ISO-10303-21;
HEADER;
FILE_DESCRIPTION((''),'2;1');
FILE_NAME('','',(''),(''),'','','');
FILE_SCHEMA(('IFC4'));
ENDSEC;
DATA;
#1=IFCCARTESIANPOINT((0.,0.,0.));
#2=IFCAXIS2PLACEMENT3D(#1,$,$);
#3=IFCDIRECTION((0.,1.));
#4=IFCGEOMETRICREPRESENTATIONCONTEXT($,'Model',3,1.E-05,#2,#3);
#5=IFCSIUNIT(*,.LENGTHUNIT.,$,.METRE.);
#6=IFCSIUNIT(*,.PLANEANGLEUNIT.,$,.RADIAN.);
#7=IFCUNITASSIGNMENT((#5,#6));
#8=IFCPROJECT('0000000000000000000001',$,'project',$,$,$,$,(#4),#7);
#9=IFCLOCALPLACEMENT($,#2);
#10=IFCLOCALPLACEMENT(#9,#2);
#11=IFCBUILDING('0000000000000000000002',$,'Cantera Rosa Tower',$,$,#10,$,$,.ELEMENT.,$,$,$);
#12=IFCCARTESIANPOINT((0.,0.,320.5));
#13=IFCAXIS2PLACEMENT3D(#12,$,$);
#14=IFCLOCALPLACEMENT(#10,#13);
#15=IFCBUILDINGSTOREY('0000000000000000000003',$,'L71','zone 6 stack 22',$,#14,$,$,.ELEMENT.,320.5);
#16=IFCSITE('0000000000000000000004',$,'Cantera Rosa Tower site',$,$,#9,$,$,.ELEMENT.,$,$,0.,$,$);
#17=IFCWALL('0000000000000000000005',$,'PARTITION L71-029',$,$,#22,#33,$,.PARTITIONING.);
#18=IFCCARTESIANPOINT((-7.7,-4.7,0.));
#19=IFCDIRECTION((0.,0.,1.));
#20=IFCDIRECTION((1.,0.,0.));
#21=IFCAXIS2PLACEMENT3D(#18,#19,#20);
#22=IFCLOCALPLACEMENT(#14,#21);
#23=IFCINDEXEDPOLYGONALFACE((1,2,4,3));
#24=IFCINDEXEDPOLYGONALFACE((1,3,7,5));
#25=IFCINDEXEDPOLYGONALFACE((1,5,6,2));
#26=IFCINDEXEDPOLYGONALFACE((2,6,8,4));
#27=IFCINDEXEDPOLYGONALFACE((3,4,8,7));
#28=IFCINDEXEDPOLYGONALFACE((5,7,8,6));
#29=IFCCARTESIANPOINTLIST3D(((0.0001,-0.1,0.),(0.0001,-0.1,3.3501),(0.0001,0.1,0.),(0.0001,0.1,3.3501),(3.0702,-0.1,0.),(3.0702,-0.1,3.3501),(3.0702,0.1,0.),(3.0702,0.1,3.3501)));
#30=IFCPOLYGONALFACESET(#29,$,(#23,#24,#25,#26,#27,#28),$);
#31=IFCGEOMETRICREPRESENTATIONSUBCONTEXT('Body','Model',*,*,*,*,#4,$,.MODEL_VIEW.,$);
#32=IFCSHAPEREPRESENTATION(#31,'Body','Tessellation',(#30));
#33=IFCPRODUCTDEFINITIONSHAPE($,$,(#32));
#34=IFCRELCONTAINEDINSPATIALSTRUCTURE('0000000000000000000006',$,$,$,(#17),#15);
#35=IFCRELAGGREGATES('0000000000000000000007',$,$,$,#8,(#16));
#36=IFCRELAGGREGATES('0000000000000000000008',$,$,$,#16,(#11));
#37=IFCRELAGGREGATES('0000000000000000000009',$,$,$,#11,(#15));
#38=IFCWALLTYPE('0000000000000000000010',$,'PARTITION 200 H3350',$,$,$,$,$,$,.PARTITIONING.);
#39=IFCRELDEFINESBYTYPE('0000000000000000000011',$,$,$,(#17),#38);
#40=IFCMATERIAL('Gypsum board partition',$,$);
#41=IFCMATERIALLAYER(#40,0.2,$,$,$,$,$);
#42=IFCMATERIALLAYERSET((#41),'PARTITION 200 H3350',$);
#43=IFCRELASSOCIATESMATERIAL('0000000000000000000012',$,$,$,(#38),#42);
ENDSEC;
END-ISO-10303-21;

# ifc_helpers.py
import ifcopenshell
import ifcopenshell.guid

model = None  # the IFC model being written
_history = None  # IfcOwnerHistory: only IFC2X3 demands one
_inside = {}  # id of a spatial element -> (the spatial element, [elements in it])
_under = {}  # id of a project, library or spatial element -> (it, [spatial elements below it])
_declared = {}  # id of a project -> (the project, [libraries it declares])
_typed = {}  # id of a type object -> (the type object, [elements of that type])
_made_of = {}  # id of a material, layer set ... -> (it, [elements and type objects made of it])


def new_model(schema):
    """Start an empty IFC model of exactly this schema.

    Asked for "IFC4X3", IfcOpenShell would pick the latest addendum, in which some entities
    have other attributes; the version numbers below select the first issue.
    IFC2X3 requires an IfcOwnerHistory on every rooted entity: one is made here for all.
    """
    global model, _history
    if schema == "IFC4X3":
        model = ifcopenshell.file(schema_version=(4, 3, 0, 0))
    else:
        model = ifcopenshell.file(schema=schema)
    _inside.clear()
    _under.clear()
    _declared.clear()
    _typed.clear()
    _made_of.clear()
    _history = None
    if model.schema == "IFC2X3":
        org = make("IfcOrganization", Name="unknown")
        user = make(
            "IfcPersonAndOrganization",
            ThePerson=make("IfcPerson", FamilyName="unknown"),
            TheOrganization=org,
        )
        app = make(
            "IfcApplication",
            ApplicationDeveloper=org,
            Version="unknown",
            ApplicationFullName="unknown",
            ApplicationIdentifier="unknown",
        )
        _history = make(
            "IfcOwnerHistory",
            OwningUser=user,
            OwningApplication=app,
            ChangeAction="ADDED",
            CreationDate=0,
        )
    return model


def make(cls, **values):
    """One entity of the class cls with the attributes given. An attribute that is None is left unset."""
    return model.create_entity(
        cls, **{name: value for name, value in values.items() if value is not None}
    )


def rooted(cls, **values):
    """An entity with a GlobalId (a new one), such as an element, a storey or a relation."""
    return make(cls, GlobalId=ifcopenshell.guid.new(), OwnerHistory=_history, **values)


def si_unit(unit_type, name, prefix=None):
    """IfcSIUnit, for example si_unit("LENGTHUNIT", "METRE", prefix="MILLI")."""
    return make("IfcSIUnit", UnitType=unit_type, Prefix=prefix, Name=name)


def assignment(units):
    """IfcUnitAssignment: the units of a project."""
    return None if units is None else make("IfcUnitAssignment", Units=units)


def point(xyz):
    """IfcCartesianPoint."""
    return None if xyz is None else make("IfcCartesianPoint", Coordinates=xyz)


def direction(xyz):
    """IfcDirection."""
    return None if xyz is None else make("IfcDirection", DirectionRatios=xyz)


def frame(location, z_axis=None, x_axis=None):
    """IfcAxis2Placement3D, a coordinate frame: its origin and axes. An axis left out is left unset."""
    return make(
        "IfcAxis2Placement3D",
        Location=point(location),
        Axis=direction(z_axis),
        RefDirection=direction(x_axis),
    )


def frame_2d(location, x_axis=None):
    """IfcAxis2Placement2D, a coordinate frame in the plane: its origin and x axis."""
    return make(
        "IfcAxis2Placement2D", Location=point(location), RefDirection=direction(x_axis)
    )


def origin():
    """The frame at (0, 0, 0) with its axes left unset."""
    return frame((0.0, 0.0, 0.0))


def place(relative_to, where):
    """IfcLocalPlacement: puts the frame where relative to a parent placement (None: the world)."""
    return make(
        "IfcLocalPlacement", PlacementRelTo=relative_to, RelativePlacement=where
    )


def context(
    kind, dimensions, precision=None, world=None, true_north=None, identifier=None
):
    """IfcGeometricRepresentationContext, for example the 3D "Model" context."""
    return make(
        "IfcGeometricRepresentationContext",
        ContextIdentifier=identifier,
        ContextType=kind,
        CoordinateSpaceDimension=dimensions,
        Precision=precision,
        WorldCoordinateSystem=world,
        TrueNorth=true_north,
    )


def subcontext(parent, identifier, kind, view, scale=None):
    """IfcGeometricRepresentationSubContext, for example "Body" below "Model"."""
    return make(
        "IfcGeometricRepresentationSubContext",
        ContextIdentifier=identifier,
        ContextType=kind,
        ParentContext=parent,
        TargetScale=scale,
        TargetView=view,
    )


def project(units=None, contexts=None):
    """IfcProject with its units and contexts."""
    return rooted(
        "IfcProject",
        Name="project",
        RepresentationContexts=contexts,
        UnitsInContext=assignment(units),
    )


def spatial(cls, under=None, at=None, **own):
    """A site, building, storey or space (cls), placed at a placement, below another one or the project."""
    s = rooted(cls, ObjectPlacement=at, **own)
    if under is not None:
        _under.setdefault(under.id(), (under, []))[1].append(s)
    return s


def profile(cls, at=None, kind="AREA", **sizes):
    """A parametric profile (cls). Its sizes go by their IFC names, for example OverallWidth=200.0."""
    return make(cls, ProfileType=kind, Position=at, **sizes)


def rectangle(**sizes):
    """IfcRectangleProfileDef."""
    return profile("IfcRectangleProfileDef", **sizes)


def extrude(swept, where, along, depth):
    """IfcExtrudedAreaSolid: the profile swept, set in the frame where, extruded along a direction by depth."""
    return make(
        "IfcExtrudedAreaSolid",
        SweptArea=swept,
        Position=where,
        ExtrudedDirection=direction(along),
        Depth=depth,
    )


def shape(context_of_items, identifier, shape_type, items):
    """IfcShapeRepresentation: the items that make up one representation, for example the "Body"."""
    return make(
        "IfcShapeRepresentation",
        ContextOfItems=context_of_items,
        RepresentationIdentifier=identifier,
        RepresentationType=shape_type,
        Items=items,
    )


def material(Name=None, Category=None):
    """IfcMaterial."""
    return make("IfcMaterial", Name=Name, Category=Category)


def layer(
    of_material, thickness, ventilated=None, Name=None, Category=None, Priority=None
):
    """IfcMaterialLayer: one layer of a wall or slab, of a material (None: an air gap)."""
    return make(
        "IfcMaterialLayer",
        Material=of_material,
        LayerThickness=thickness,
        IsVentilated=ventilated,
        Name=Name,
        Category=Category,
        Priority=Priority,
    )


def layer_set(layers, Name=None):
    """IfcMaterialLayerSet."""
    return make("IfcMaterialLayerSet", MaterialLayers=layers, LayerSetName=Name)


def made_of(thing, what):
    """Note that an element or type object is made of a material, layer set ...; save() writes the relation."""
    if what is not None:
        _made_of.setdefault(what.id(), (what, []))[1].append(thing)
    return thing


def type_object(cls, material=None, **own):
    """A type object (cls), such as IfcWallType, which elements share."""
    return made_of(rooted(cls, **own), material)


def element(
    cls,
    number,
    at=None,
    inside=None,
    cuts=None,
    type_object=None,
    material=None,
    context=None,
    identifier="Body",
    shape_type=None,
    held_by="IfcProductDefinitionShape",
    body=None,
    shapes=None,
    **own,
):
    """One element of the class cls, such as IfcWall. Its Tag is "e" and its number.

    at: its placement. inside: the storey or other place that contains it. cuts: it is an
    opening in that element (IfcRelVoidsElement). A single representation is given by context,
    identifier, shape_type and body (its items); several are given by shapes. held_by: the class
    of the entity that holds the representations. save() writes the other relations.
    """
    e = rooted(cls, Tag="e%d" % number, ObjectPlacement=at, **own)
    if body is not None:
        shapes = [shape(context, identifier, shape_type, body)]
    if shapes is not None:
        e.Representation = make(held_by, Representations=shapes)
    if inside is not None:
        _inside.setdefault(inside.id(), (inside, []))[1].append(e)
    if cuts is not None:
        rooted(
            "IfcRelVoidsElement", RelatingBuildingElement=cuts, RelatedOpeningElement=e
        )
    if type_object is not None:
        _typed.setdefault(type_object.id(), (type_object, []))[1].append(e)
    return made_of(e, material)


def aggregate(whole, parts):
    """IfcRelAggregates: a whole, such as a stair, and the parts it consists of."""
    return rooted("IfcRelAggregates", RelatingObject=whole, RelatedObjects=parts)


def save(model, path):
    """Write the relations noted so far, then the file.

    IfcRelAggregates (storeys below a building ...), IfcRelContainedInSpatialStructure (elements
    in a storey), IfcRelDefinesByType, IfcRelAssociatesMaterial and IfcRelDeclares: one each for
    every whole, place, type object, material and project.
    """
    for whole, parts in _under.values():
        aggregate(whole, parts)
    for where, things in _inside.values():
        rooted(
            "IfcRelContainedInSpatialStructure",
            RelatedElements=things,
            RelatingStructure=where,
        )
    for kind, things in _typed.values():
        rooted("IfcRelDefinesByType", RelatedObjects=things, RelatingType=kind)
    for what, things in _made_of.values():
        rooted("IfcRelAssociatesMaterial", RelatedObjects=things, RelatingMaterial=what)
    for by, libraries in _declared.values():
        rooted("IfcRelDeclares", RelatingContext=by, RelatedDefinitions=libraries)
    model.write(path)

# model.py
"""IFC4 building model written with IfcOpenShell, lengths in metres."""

from ifc_helpers import new_model, si_unit, direction, frame, frame_2d, origin, place, context, subcontext, project, spatial, rectangle, extrude, material, layer, layer_set, type_object, element, save


model = new_model("IFC4")

# Units and contexts
model_context = context("Model", 3, precision=1e-05, world=origin(), true_north=direction((0.0, 1.0)))
body_context = subcontext(model_context, "Body", "Model", "MODEL_VIEW")
ifc_project = project(units=[si_unit("LENGTHUNIT", "METRE"), si_unit("PLANEANGLEUNIT", "RADIAN")], contexts=[model_context])

# Site, building, storey
site_placement = place(None, origin())
site = spatial("IfcSite", under=ifc_project, at=site_placement, Name="Cantera Rosa Tower site", CompositionType="ELEMENT", RefElevation=0.0)
building_placement = place(site_placement, origin())
building = spatial("IfcBuilding", under=site, at=building_placement, Name="Cantera Rosa Tower", CompositionType="ELEMENT")
storey_placement = place(building_placement, frame((0.0, 0.0, 320.5)))
storey = spatial("IfcBuildingStorey", under=building, at=storey_placement, Name="L71", Description="zone 6 stack 22", CompositionType="ELEMENT", Elevation=320.5)

# Wall
ifc_material_1 = material(Name="Gypsum board partition")
ifc_layer_1 = layer(ifc_material_1, 0.2)
ifc_layer_set_1 = layer_set([ifc_layer_1], Name="PARTITION 200 H3350")
wall_type_1 = type_object("IfcWallType", Name="PARTITION 200 H3350", PredefinedType="PARTITIONING", material=ifc_layer_set_1)
wall_1_placement = place(storey_placement, frame((-7.7, -4.7, 0.0), z_axis=(0.0, 0.0, 1.0), x_axis=(1.0, 0.0, 0.0)))
element("IfcWall", 1, at=wall_1_placement, inside=storey, type_object=wall_type_1, Name="PARTITION L71-029", PredefinedType="PARTITIONING", context=body_context, shape_type="SweptSolid", body=[
    extrude(rectangle(XDim=3.0701, YDim=0.2, at=frame_2d((1.5352, 0.0))), origin(), (0.0, 0.0, 1.0), 3.3501),
])

save(model, "model.ifc")
